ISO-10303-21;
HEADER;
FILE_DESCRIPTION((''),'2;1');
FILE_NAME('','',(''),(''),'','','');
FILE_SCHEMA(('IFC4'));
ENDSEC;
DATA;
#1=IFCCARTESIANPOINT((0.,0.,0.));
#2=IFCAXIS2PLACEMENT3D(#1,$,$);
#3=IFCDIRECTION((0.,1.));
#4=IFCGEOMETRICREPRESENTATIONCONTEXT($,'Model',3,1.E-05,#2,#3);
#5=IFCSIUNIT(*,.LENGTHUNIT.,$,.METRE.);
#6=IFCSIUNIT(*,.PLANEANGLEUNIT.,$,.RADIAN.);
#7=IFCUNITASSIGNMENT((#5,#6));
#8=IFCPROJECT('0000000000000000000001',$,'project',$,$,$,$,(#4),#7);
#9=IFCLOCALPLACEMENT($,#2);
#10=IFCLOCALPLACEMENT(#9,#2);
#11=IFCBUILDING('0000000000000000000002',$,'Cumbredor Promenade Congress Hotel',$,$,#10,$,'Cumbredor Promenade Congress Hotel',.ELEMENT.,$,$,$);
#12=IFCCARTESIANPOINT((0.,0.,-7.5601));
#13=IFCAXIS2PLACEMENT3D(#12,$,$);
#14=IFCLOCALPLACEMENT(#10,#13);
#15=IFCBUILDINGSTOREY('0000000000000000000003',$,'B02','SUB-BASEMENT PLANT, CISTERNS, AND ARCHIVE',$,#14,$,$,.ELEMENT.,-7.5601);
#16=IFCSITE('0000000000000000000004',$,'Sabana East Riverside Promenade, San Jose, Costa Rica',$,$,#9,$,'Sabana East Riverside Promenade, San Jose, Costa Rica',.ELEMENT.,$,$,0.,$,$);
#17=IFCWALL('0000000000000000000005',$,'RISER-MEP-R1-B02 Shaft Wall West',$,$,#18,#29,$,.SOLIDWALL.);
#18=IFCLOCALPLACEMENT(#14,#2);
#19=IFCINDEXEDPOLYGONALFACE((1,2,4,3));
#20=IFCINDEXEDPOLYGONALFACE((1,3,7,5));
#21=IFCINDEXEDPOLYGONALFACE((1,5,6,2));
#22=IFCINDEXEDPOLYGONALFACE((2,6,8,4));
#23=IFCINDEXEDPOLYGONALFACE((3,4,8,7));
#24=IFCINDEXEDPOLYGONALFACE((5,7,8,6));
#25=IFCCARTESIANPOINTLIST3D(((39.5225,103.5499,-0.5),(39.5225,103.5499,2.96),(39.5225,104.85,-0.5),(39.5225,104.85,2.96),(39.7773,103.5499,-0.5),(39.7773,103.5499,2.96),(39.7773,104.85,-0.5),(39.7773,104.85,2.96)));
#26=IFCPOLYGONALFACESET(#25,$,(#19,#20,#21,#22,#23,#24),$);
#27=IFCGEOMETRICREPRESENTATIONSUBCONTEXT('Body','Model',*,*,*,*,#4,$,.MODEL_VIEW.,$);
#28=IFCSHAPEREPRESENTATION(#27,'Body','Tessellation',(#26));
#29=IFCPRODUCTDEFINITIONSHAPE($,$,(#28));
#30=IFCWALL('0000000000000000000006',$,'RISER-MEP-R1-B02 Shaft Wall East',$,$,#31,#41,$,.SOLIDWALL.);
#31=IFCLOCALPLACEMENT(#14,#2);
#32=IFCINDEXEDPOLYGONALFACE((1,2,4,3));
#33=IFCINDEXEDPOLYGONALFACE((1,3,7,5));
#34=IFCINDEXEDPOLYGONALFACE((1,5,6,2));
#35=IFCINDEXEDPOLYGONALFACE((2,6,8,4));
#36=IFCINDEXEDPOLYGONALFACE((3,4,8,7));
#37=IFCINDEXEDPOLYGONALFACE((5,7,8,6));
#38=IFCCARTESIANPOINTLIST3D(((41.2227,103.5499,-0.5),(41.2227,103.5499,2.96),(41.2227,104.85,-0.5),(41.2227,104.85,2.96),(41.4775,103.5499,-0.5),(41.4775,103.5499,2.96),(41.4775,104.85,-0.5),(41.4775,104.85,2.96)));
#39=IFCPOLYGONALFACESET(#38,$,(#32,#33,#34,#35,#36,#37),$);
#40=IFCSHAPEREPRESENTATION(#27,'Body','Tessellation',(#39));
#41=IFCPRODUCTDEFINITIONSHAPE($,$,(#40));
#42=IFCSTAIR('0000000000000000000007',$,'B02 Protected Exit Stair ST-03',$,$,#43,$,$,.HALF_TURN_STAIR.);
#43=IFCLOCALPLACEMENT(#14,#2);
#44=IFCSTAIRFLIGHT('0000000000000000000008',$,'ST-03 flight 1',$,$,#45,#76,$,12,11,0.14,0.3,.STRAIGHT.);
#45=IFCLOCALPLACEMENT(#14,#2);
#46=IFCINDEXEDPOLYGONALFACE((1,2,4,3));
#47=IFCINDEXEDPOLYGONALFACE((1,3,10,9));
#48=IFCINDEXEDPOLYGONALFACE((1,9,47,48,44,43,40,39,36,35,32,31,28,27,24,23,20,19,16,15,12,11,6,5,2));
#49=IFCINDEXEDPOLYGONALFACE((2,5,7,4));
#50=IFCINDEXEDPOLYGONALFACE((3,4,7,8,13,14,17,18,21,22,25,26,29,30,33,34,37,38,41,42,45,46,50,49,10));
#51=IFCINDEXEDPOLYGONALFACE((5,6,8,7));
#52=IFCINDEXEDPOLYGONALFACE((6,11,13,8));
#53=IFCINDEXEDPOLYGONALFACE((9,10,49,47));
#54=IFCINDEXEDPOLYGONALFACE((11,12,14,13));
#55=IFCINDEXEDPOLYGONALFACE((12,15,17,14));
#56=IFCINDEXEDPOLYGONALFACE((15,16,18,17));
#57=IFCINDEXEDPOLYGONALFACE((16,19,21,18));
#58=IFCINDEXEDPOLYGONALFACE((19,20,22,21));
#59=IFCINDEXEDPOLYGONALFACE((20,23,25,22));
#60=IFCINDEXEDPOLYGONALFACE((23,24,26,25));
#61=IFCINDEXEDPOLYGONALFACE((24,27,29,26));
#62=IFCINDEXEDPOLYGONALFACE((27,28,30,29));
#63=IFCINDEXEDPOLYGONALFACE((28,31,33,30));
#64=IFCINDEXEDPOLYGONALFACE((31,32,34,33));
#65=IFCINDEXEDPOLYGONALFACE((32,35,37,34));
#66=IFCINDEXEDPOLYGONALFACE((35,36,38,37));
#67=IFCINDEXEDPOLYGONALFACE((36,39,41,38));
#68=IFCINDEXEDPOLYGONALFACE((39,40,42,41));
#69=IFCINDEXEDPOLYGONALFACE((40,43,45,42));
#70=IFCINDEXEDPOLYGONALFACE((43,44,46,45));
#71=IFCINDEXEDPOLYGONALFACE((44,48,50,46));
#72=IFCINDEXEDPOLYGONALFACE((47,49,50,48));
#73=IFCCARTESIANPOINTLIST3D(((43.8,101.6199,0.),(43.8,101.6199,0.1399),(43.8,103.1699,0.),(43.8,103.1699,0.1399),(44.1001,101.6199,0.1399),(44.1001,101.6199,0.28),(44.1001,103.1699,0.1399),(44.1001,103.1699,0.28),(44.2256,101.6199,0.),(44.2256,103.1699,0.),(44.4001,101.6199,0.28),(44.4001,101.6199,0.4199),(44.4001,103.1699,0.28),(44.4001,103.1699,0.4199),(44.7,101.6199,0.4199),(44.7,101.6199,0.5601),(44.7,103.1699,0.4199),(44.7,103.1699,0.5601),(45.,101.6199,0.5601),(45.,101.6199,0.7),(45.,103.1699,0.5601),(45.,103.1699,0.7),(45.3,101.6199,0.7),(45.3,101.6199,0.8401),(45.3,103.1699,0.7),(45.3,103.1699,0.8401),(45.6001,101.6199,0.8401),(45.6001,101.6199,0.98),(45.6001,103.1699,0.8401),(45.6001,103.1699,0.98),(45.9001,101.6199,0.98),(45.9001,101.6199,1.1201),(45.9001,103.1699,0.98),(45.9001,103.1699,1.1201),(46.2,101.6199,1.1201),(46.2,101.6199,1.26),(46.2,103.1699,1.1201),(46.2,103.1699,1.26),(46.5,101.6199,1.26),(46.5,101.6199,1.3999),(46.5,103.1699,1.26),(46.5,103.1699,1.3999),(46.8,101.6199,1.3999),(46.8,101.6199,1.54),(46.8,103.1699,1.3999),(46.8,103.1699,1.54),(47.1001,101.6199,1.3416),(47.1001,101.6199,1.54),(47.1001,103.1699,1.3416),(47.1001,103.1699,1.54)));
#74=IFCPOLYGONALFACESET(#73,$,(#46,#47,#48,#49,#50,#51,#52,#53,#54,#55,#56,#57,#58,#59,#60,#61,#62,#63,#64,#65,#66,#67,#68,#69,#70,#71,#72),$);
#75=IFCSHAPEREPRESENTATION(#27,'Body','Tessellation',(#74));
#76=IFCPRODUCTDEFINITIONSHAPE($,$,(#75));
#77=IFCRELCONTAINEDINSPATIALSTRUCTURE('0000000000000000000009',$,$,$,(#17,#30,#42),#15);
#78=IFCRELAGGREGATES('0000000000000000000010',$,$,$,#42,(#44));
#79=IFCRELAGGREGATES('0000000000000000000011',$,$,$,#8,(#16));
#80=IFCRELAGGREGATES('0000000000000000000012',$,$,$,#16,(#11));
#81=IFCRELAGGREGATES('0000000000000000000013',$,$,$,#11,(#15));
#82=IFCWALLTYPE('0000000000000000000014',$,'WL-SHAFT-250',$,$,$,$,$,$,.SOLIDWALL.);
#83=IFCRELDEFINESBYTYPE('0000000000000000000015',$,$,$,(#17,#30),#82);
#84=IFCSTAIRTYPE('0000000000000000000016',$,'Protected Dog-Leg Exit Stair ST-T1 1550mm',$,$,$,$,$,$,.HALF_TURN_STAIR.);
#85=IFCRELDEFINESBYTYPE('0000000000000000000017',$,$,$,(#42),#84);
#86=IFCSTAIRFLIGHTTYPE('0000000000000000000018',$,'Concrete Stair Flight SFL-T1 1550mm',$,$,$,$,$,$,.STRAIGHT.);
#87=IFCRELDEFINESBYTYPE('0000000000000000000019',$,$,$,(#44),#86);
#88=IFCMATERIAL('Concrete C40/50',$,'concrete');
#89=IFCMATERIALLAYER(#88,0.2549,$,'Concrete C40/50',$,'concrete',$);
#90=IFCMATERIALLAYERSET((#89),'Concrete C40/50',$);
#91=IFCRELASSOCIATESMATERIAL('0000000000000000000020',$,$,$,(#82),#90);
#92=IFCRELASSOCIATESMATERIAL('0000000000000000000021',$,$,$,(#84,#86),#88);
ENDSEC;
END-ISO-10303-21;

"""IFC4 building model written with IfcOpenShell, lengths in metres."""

from ifc_helpers import new_model, si_unit, direction, frame, frame_2d, origin, place, context, subcontext, project, spatial, polyline, rectangle, outline, extrude, material, layer, layer_set, type_object, element, aggregate, save


model = new_model("IFC4")

# Units and contexts
model_context = context("Model", 3, precision=1e-05, world=origin(), true_north=direction((0.0, 1.0)))
body_context = subcontext(model_context, "Body", "Model", "MODEL_VIEW")
ifc_project = project(units=[si_unit("LENGTHUNIT", "METRE"), si_unit("PLANEANGLEUNIT", "RADIAN")], contexts=[model_context])

# Site, building, storey
site_placement = place(None, origin())
site = spatial("IfcSite", under=ifc_project, at=site_placement, Name="Sabana East Riverside Promenade, San Jose, Costa Rica", LongName="Sabana East Riverside Promenade, San Jose, Costa Rica", CompositionType="ELEMENT", RefElevation=0.0)
building_placement = place(site_placement, origin())
building = spatial("IfcBuilding", under=site, at=building_placement, Name="Cumbredor Promenade Congress Hotel", LongName="Cumbredor Promenade Congress Hotel", CompositionType="ELEMENT")
storey_placement = place(building_placement, frame((0.0, 0.0, -7.5601)))
storey = spatial("IfcBuildingStorey", under=building, at=storey_placement, Name="B02", Description="SUB-BASEMENT PLANT, CISTERNS, AND ARCHIVE", CompositionType="ELEMENT", Elevation=-7.5601)

# Shared definitions
ifc_material_1 = material(Name="Concrete C40/50", Category="concrete")

# Shared definitions
ifc_layer_1 = layer(ifc_material_1, 0.2549, Name="Concrete C40/50", Category="concrete")
ifc_layer_set_1 = layer_set([ifc_layer_1], Name="Concrete C40/50")
wall_type_1 = type_object("IfcWallType", Name="WL-SHAFT-250", PredefinedType="SOLIDWALL", material=ifc_layer_set_1)

# Walls
for number, where, z_axis, x_axis, name in (
    (1, (39.6499, 103.55, -0.5), (0.0, 0.0, 1.0), (0.0, 1.0, 0.0), "RISER-MEP-R1-B02 Shaft Wall West"),
    (2, (41.3501, 103.55, -0.5), (0.0, 0.0, 1.0), (0.0, 1.0, 0.0), "RISER-MEP-R1-B02 Shaft Wall East"),
):
    element("IfcWall", number, at=place(storey_placement, frame(where, z_axis=z_axis, x_axis=x_axis)), inside=storey, type_object=wall_type_1, Name=name, PredefinedType="SOLIDWALL", context=body_context, shape_type="SweptSolid", body=[
        extrude(rectangle(XDim=1.3, YDim=0.2549, at=frame_2d((0.6499, 0.0))), origin(), (0.0, 0.0, 1.0), 3.46),
    ])

# Stair, stair flight
stair_type = type_object("IfcStairType", Name="Protected Dog-Leg Exit Stair ST-T1 1550mm", PredefinedType="HALF_TURN_STAIR", material=ifc_material_1)
stair_placement = place(storey_placement, origin())
stair = element("IfcStair", 3, at=stair_placement, inside=storey, type_object=stair_type, Name="B02 Protected Exit Stair ST-03", PredefinedType="HALF_TURN_STAIR")
stair_flight_type = type_object("IfcStairFlightType", Name="Concrete Stair Flight SFL-T1 1550mm", PredefinedType="STRAIGHT", material=ifc_material_1)
stair_flight_placement = place(storey_placement, frame((43.8, 102.395, 0.0), z_axis=(0.0, 0.0, 1.0), x_axis=(1.0, 0.0, 0.0)))
stair_flight = element("IfcStairFlight", 4, at=stair_flight_placement, type_object=stair_flight_type, Name="ST-03 flight 1", NumberOfRisers=12, NumberOfTreads=11, PredefinedType="STRAIGHT", RiserHeight=0.14, TreadLength=0.3, context=body_context, shape_type="SweptSolid", body=[
    extrude(outline(polyline([(0.0, 0.0), (0.0, 0.1399), (0.3, 0.1399), (0.3, 0.28), (0.6001, 0.28), (0.6001, 0.4199), (0.8999, 0.4199), (0.8999, 0.5601), (1.2, 0.5601), (1.2, 0.7), (1.5, 0.7), (1.5, 0.8401), (1.8, 0.8401), (1.8, 0.98), (2.1001, 0.98), (2.1001, 1.1201), (2.3999, 1.1201), (2.3999, 1.26), (2.7, 1.26), (2.7, 1.3999), (3.0, 1.3999), (3.0, 1.54), (3.3, 1.54), (3.3, 1.6799), (3.3, 1.3416), (0.4255, 0.0), (0.0, 0.0)])), frame((0.0, 0.7749, 0.0), z_axis=(0.0, -1.0, 0.0), x_axis=(1.0, 0.0, 0.0)), (0.0, 0.0, 1.0), 1.55),
])
aggregate(stair, [stair_flight])

save(model, "model.ifc")
